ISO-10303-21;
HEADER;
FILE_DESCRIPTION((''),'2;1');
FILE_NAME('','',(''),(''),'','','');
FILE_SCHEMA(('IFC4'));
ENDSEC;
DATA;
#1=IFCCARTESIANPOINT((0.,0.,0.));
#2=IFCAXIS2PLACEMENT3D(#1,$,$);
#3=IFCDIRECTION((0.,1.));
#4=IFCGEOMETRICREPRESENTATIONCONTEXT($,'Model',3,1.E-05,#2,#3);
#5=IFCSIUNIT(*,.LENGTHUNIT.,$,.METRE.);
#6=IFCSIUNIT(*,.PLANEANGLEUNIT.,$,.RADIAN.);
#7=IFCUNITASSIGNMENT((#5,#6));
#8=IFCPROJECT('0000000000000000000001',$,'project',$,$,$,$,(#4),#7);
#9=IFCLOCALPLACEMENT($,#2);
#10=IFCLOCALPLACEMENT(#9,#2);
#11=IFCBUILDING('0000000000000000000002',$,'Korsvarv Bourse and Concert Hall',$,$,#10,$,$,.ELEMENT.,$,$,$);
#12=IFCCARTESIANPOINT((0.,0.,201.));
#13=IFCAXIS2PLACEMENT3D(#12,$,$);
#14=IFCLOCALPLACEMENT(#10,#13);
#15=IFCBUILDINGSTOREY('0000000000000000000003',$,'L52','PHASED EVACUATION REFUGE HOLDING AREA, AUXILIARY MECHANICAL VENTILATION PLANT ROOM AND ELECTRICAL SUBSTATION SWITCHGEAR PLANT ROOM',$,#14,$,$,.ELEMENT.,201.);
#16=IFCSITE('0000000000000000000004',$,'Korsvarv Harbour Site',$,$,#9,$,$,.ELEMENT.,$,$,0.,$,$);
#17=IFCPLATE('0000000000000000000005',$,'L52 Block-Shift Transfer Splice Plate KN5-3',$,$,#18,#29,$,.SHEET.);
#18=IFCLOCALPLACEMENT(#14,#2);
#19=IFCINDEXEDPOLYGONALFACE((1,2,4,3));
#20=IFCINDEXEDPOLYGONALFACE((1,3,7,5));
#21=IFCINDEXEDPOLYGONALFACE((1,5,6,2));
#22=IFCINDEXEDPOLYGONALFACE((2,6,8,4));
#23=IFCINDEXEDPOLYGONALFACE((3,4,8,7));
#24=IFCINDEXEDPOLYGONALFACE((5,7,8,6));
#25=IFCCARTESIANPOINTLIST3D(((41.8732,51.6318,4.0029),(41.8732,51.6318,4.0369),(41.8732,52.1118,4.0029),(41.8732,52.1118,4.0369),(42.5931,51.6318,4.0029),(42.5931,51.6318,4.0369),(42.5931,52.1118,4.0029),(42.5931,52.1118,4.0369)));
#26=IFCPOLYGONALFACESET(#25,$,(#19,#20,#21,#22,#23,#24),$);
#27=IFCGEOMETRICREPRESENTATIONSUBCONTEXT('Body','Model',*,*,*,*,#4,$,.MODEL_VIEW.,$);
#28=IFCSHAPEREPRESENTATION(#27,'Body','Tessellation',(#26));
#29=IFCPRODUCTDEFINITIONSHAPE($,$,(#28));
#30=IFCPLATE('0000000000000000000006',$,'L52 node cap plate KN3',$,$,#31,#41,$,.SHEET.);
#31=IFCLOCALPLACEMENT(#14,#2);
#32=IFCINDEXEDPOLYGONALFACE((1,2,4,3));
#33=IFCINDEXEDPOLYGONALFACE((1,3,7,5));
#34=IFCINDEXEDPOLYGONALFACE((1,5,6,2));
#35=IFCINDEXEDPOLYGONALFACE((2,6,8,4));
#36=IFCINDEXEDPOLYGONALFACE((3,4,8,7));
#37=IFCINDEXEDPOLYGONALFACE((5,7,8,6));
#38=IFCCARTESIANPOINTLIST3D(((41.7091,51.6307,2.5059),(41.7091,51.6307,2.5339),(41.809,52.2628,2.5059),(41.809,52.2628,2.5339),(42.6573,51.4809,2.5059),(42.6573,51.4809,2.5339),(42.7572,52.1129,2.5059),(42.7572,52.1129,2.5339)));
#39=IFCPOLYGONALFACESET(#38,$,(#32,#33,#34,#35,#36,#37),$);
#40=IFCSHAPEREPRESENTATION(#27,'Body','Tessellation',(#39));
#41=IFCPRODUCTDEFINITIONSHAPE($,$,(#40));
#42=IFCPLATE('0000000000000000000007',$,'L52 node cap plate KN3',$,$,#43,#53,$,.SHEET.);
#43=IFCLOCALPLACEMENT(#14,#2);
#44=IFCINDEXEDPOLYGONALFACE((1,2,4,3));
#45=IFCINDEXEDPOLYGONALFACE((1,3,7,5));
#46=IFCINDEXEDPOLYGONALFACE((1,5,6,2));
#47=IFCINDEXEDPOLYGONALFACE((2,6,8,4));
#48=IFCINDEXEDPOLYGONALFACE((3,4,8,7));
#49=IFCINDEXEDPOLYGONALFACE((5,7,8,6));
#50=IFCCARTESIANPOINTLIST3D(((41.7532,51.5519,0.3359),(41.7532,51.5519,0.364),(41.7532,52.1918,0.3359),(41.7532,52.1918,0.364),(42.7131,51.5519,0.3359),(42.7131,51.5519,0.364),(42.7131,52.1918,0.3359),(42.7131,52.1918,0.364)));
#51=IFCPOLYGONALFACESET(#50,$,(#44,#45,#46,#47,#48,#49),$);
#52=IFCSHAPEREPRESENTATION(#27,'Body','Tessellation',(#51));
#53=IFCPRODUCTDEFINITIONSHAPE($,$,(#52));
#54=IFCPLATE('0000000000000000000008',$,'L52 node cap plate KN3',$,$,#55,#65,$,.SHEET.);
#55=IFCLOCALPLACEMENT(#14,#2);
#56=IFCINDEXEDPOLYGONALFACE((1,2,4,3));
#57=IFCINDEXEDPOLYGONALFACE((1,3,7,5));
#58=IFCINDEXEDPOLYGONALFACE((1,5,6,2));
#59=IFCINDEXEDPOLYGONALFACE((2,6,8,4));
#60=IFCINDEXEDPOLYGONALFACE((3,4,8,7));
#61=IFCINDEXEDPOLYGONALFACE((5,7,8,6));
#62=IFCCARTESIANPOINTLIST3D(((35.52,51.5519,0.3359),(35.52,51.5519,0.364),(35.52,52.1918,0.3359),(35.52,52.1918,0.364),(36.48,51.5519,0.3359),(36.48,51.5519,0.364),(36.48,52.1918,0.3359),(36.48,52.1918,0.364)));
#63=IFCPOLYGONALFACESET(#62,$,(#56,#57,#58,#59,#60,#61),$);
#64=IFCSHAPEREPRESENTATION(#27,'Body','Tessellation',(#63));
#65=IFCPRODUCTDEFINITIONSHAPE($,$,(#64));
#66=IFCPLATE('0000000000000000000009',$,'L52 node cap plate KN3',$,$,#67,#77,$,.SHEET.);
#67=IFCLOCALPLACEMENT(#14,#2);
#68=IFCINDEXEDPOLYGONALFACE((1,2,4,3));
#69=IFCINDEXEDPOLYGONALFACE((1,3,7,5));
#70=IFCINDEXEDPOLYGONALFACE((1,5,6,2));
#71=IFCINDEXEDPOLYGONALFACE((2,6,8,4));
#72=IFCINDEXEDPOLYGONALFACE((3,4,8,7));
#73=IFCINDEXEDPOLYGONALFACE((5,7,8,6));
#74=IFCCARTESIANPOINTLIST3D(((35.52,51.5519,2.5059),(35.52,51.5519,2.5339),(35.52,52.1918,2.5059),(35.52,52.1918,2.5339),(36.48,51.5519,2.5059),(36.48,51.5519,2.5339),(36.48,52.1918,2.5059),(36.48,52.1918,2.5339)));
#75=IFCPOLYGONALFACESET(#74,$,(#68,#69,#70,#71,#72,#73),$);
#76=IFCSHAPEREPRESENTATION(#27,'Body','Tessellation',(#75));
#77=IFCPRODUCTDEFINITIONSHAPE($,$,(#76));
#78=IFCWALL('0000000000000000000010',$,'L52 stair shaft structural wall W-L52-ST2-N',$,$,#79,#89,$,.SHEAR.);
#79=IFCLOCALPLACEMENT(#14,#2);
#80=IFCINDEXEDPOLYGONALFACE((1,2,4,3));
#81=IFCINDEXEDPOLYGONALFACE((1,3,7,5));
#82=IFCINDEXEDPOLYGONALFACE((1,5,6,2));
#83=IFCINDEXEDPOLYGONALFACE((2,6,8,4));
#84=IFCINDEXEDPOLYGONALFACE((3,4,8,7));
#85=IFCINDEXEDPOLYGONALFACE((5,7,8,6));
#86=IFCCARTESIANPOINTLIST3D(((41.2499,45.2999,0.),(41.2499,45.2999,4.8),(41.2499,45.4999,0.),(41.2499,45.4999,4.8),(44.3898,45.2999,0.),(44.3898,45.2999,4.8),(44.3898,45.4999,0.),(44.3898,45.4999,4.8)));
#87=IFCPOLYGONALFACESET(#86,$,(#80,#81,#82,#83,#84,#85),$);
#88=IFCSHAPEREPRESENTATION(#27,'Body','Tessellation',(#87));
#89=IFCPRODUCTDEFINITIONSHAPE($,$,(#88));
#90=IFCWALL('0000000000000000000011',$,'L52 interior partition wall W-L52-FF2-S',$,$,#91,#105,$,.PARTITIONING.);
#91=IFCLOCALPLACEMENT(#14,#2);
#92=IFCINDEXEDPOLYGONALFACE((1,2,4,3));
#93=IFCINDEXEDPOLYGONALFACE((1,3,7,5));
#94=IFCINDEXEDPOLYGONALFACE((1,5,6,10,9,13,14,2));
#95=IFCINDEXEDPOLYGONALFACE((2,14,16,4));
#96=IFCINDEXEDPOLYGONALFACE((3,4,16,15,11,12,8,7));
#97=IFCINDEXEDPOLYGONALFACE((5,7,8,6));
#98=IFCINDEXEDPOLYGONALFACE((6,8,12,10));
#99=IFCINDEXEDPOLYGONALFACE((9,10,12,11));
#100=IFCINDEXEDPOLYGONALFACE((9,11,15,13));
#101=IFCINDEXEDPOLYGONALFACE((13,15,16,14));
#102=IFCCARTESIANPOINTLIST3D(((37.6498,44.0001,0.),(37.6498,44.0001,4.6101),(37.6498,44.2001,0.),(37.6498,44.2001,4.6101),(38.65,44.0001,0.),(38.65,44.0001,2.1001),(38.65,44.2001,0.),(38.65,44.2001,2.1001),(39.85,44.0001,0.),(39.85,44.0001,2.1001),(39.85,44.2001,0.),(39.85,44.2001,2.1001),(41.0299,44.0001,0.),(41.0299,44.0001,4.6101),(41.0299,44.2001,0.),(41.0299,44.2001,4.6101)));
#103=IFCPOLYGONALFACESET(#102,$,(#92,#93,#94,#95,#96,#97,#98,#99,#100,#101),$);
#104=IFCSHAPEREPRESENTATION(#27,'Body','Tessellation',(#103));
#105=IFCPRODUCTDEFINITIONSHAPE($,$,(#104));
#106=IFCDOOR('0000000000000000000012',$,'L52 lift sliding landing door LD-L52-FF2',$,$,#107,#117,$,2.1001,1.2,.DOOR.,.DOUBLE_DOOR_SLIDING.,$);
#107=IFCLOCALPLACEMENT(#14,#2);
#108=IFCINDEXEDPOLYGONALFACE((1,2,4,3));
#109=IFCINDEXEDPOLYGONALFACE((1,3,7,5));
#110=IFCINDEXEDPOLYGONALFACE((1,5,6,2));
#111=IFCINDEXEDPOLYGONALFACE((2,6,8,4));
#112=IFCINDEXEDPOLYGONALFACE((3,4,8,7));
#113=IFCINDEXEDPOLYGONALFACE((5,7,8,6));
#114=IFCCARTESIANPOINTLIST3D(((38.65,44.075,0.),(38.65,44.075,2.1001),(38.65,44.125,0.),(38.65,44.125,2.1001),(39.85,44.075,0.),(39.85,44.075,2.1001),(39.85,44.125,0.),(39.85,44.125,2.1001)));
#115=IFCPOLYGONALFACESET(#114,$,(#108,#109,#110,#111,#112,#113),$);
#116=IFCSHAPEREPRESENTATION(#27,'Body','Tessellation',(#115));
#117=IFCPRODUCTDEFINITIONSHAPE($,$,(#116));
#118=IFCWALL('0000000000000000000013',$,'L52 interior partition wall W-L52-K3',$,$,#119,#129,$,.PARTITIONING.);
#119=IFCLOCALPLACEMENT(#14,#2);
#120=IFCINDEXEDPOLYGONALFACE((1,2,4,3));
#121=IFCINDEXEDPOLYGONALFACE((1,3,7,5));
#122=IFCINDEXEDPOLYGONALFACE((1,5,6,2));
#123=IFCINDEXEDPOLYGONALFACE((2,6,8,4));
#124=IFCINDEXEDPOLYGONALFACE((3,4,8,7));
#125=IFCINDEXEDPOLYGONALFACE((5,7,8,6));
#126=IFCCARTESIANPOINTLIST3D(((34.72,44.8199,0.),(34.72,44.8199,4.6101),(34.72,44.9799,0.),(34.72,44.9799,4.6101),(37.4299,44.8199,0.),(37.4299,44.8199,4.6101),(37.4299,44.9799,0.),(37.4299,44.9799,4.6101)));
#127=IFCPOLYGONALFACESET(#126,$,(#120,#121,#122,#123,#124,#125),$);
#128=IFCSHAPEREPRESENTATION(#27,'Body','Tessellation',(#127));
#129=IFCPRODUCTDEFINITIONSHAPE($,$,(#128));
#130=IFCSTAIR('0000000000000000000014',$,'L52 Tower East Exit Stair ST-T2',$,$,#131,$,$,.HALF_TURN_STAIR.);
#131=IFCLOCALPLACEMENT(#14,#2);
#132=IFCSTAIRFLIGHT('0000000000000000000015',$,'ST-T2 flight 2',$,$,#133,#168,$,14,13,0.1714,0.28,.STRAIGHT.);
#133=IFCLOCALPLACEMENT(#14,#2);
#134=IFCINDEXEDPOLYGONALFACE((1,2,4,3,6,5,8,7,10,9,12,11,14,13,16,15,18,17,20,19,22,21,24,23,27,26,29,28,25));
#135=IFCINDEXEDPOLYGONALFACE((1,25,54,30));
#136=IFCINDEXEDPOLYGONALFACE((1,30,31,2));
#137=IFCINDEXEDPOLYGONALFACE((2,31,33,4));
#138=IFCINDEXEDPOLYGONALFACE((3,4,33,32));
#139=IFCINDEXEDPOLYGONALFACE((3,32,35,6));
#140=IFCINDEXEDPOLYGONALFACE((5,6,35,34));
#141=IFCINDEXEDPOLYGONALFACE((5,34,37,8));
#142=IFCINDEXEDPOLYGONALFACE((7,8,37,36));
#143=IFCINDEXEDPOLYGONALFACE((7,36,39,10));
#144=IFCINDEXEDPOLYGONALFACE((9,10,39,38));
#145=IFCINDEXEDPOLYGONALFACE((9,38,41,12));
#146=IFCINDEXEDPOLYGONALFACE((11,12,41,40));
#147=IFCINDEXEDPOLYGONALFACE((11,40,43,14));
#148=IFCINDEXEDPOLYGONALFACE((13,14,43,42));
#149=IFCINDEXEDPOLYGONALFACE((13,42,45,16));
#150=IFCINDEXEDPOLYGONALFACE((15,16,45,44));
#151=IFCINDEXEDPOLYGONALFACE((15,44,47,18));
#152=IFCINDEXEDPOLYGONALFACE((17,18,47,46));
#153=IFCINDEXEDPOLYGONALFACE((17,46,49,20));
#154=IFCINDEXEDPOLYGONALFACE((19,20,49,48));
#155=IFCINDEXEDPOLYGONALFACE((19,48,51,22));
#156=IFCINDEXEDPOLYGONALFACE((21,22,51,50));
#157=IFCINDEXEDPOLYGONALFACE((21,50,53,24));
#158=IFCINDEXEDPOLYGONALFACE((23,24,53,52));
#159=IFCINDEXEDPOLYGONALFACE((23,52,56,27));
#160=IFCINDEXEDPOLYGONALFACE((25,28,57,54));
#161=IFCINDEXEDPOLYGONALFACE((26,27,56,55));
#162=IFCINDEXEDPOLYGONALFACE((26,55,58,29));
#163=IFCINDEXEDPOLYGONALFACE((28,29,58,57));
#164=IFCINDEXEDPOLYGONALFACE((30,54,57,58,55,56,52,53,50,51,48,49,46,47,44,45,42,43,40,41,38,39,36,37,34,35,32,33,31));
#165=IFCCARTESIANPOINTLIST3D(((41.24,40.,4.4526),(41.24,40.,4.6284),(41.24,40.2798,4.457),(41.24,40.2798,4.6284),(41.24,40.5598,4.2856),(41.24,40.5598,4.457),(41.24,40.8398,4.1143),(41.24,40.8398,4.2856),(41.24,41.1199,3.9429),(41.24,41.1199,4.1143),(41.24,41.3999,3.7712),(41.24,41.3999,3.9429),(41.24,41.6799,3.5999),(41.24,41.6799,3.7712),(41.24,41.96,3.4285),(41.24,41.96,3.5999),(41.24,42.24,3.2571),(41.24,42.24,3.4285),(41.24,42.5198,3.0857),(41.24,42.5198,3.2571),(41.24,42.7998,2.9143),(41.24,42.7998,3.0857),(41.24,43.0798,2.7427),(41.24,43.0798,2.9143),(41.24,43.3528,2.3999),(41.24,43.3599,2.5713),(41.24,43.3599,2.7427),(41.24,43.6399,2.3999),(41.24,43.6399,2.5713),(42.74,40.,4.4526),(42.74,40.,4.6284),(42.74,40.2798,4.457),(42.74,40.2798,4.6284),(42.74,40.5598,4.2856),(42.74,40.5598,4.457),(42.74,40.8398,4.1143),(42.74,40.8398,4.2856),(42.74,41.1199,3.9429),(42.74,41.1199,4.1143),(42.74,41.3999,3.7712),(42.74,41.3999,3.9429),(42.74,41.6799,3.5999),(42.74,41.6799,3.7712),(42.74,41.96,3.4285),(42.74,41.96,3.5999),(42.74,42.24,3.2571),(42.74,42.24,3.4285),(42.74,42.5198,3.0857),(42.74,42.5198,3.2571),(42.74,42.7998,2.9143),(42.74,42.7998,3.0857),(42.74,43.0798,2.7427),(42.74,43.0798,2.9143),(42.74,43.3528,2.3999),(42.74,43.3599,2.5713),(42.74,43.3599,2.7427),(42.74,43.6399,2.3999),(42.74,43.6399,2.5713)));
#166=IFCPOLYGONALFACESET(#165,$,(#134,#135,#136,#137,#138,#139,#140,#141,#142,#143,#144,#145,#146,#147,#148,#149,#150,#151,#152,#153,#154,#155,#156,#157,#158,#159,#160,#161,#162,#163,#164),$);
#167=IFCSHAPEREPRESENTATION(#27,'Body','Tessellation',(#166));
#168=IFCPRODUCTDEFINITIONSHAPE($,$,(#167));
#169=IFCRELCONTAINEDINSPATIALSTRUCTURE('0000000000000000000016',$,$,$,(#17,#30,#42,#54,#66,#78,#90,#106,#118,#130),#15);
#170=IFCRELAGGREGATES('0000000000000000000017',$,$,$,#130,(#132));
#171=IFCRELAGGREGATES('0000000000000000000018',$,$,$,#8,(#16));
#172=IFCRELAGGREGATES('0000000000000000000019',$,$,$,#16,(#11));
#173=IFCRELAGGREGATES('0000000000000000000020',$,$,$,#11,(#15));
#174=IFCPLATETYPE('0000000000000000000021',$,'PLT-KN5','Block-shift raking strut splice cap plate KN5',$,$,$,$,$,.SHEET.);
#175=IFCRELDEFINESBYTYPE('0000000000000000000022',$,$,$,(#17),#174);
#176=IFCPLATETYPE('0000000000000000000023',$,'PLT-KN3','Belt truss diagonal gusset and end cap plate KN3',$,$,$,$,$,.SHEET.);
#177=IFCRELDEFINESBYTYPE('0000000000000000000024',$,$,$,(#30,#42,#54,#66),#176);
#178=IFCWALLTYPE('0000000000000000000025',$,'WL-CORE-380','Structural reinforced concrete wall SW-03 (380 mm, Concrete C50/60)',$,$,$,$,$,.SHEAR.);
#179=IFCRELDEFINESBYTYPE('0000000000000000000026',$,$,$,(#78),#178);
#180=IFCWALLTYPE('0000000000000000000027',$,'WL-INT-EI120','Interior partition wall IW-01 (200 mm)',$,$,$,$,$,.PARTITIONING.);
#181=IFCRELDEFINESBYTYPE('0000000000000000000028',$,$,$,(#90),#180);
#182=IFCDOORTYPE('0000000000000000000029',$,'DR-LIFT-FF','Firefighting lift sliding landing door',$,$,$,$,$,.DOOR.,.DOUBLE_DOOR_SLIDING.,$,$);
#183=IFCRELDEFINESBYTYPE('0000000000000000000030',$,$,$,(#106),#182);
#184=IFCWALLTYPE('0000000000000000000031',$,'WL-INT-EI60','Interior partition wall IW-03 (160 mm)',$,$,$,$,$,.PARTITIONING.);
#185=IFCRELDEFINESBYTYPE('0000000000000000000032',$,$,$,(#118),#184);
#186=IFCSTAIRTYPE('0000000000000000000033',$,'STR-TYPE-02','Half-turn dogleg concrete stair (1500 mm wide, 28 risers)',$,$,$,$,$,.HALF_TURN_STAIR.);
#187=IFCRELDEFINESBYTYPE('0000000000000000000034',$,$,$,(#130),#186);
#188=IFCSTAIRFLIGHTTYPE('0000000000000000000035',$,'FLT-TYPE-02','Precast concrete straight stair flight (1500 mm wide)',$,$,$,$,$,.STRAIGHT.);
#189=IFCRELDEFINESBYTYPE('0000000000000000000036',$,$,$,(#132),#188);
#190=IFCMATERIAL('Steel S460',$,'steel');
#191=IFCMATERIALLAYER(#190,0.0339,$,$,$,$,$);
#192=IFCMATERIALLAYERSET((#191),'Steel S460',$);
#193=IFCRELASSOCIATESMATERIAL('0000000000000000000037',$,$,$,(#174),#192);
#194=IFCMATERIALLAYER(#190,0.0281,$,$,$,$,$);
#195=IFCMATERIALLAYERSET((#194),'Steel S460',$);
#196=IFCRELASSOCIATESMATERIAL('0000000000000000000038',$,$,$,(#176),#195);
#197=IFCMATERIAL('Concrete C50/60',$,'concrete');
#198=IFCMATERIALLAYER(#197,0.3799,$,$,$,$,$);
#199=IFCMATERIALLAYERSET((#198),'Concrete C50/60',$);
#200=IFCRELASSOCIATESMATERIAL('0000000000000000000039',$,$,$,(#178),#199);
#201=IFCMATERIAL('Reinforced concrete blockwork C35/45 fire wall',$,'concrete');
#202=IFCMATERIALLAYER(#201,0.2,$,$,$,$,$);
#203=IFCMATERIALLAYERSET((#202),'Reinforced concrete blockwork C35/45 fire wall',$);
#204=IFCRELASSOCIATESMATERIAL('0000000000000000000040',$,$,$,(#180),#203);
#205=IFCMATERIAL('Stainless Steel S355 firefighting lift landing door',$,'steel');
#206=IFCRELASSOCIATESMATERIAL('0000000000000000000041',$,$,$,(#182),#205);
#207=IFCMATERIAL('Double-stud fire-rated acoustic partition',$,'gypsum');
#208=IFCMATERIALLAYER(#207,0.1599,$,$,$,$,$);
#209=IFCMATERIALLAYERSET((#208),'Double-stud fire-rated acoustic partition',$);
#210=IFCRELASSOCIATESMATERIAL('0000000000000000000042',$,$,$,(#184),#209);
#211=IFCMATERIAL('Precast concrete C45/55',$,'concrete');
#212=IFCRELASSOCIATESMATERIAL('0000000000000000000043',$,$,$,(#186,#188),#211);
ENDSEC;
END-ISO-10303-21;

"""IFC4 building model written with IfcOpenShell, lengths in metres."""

from ifc_helpers import new_model, si_unit, direction, frame, frame_2d, origin, origin_2d, place, context, subcontext, project, spatial, polyline, rectangle, outline, extrude, source, transform, mapped, material, layer, layer_set, type_object, element, fill, aggregate, save


model = new_model("IFC4")

# Units and contexts
model_context = context("Model", 3, precision=1e-05, world=origin(), true_north=direction((0.0, 1.0)))
body_context = subcontext(model_context, "Body", "Model", "MODEL_VIEW")
ifc_project = project(units=[si_unit("LENGTHUNIT", "METRE"), si_unit("PLANEANGLEUNIT", "RADIAN")], contexts=[model_context])

# Site, building, storey
site_placement = place(None, origin())
site = spatial("IfcSite", under=ifc_project, at=site_placement, Name="Korsvarv Harbour Site", CompositionType="ELEMENT", RefElevation=0.0)
building_placement = place(site_placement, origin())
building = spatial("IfcBuilding", under=site, at=building_placement, Name="Korsvarv Bourse and Concert Hall", CompositionType="ELEMENT")
storey_placement = place(building_placement, frame((0.0, 0.0, 201.0)))
storey = spatial("IfcBuildingStorey", under=building, at=storey_placement, Name="L52", Description="PHASED EVACUATION REFUGE HOLDING AREA, AUXILIARY MECHANICAL VENTILATION PLANT ROOM AND ELECTRICAL SUBSTATION SWITCHGEAR PLANT ROOM", CompositionType="ELEMENT", Elevation=201.0)

# Plates
ifc_material_1 = material(Name="Steel S460", Category="steel")
ifc_layer_1 = layer(ifc_material_1, 0.0339)
ifc_layer_set_1 = layer_set([ifc_layer_1], Name="Steel S460")
plate_type_1 = type_object("IfcPlateType", Name="PLT-KN5", Description="Block-shift raking strut splice cap plate KN5", PredefinedType="SHEET", material=ifc_layer_set_1)
shared_shape_1 = source(origin(), body_context, "Body", "SweptSolid", [
    extrude(rectangle(XDim=0.72, YDim=0.48, at=origin_2d()), origin(), (0.0, 0.0, 1.0), 0.0339),
])
plate_placement = place(storey_placement, frame((42.2332, 51.8718, 4.0029), z_axis=(0.0, 0.0, 1.0), x_axis=(1.0, 0.0, 0.0)))
element("IfcPlate", 1, at=plate_placement, inside=storey, type_object=plate_type_1, Name="L52 Block-Shift Transfer Splice Plate KN5-3", PredefinedType="SHEET", context=body_context, shape_type="MappedRepresentation", body=[
    mapped(shared_shape_1, transform((0.0, 0.0, 0.0), scale=1.0)),
])
ifc_layer_2 = layer(ifc_material_1, 0.0281)
ifc_layer_set_2 = layer_set([ifc_layer_2], Name="Steel S460")
plate_type_2 = type_object("IfcPlateType", Name="PLT-KN3", Description="Belt truss diagonal gusset and end cap plate KN3", PredefinedType="SHEET", material=ifc_layer_set_2)
shared_shape_2 = source(origin(), body_context, "Body", "SweptSolid", [
    extrude(rectangle(XDim=0.96, YDim=0.6399, at=origin_2d()), origin(), (0.0, 0.0, 1.0), 0.0281),
])
for number, where, z_axis, x_axis, name in (
    (2, (42.2332, 51.8718, 2.5059), (0.0, 0.0, 1.0), (-0.987743, 0.15609, 0.0), "L52 node cap plate KN3"),
    (3, (42.2332, 51.8718, 0.3359), (0.0, 0.0, 1.0), (1.0, 0.0, 0.0), "L52 node cap plate KN3"),
    (4, (36.0, 51.8718, 0.3359), (0.0, 0.0, 1.0), (1.0, 0.0, 0.0), "L52 node cap plate KN3"),
    (5, (36.0, 51.8718, 2.5059), (0.0, 0.0, 1.0), (1.0, 0.0, 0.0), "L52 node cap plate KN3"),
):
    element("IfcPlate", number, at=place(storey_placement, frame(where, z_axis=z_axis, x_axis=x_axis)), inside=storey, type_object=plate_type_2, Name=name, PredefinedType="SHEET", context=body_context, shape_type="MappedRepresentation", body=[
        mapped(shared_shape_2, transform((0.0, 0.0, 0.0), scale=1.0)),
    ])

# Wall
ifc_material_2 = material(Name="Concrete C50/60", Category="concrete")
ifc_layer_3 = layer(ifc_material_2, 0.3799)
ifc_layer_set_3 = layer_set([ifc_layer_3], Name="Concrete C50/60")
wall_type_1 = type_object("IfcWallType", Name="WL-CORE-380", Description="Structural reinforced concrete wall SW-03 (380 mm, Concrete C50/60)", PredefinedType="SHEAR", material=ifc_layer_set_3)
wall_1_placement = place(storey_placement, frame((41.25, 45.3999, 0.0), z_axis=(0.0, 0.0, 1.0), x_axis=(1.0, 0.0, 0.0)))
element("IfcWall", 6, at=wall_1_placement, inside=storey, type_object=wall_type_1, Name="L52 stair shaft structural wall W-L52-ST2-N", PredefinedType="SHEAR", context=body_context, shape_type="SweptSolid", body=[
    extrude(rectangle(XDim=3.1399, YDim=0.2, at=frame_2d((1.5698, 0.0))), origin(), (0.0, 0.0, 1.0), 4.8),
])

# Wall, opening, door
ifc_material_3 = material(Name="Reinforced concrete blockwork C35/45 fire wall", Category="concrete")
ifc_layer_4 = layer(ifc_material_3, 0.2)
ifc_layer_set_4 = layer_set([ifc_layer_4], Name="Reinforced concrete blockwork C35/45 fire wall")
wall_type_2 = type_object("IfcWallType", Name="WL-INT-EI120", Description="Interior partition wall IW-01 (200 mm)", PredefinedType="PARTITIONING", material=ifc_layer_set_4)
wall_2_placement = place(storey_placement, frame((37.6499, 44.1001, 0.0), z_axis=(0.0, 0.0, 1.0), x_axis=(1.0, 0.0, 0.0)))
wall_2 = element("IfcWall", 7, at=wall_2_placement, inside=storey, type_object=wall_type_2, Name="L52 interior partition wall W-L52-FF2-S", PredefinedType="PARTITIONING", context=body_context, shape_type="SweptSolid", body=[
    extrude(rectangle(XDim=3.3801, YDim=0.2, at=frame_2d((1.6899, 0.0))), origin(), (0.0, 0.0, 1.0), 4.6101),
])
opening_placement = place(wall_2_placement, frame((1.0, 0.0, 0.0)))
opening = element("IfcOpeningElement", 8, at=opening_placement, cuts=wall_2, PredefinedType="OPENING", context=body_context, shape_type="SweptSolid", body=[
    extrude(rectangle(XDim=1.2, YDim=2.1001, at=frame_2d((0.6001, 1.05))), frame((0.0, 0.1099, 0.0), z_axis=(0.0, -1.0, 0.0), x_axis=(1.0, 0.0, 0.0)), (0.0, 0.0, 1.0), 0.22),
])
ifc_material_4 = material(Name="Stainless Steel S355 firefighting lift landing door", Category="steel")
door_type = type_object("IfcDoorType", Name="DR-LIFT-FF", Description="Firefighting lift sliding landing door", OperationType="DOUBLE_DOOR_SLIDING", PredefinedType="DOOR", material=ifc_material_4)
door_placement = place(opening_placement, origin())
door = element("IfcDoor", 9, at=door_placement, inside=storey, type_object=door_type, Name="L52 lift sliding landing door LD-L52-FF2", OperationType="DOUBLE_DOOR_SLIDING", OverallHeight=2.1001, OverallWidth=1.2, PredefinedType="DOOR", context=body_context, shape_type="SweptSolid", body=[
    extrude(rectangle(XDim=1.2, YDim=2.1001, at=frame_2d((0.6001, 1.05))), frame((0.0, 0.0249, 0.0), z_axis=(0.0, -1.0, 0.0), x_axis=(1.0, 0.0, 0.0)), (0.0, 0.0, 1.0), 0.05),
])
fill(opening, door)

# Wall
ifc_material_5 = material(Name="Double-stud fire-rated acoustic partition", Category="gypsum")
ifc_layer_5 = layer(ifc_material_5, 0.1599)
ifc_layer_set_5 = layer_set([ifc_layer_5], Name="Double-stud fire-rated acoustic partition")
wall_type_3 = type_object("IfcWallType", Name="WL-INT-EI60", Description="Interior partition wall IW-03 (160 mm)", PredefinedType="PARTITIONING", material=ifc_layer_set_5)
wall_3_placement = place(storey_placement, frame((34.72, 44.8999, 0.0), z_axis=(0.0, 0.0, 1.0), x_axis=(1.0, 0.0, 0.0)))
element("IfcWall", 10, at=wall_3_placement, inside=storey, type_object=wall_type_3, Name="L52 interior partition wall W-L52-K3", PredefinedType="PARTITIONING", context=body_context, shape_type="SweptSolid", body=[
    extrude(rectangle(XDim=2.71, YDim=0.1599, at=frame_2d((1.355, 0.0))), origin(), (0.0, 0.0, 1.0), 4.6101),
])

# Stair, stair flight
ifc_material_6 = material(Name="Precast concrete C45/55", Category="concrete")
stair_type = type_object("IfcStairType", Name="STR-TYPE-02", Description="Half-turn dogleg concrete stair (1500 mm wide, 28 risers)", PredefinedType="HALF_TURN_STAIR", material=ifc_material_6)
stair_placement = place(storey_placement, origin())
stair = element("IfcStair", 11, at=stair_placement, inside=storey, type_object=stair_type, Name="L52 Tower East Exit Stair ST-T2", PredefinedType="HALF_TURN_STAIR")
stair_flight_type = type_object("IfcStairFlightType", Name="FLT-TYPE-02", Description="Precast concrete straight stair flight (1500 mm wide)", PredefinedType="STRAIGHT", material=ifc_material_6)
stair_flight_placement = place(storey_placement, frame((41.99, 43.6399, 2.3999), z_axis=(0.0, 0.0, 1.0), x_axis=(0.0, -1.0, 0.0)))
stair_flight = element("IfcStairFlight", 12, at=stair_flight_placement, type_object=stair_flight_type, Name="ST-T2 flight 2", NumberOfRisers=14, NumberOfTreads=13, PredefinedType="STRAIGHT", RiserHeight=0.1714, TreadLength=0.28, context=body_context, shape_type="SweptSolid", body=[
    extrude(outline(polyline([(0.0, 0.0), (0.0, 0.1714), (0.28, 0.1714), (0.28, 0.3428), (0.5601, 0.3428), (0.5601, 0.5144), (0.8401, 0.5144), (0.8401, 0.6858), (1.1201, 0.6858), (1.1201, 0.8572), (1.3999, 0.8572), (1.3999, 1.0286), (1.6799, 1.0286), (1.6799, 1.2), (1.96, 1.2), (1.96, 1.3713), (2.24, 1.3713), (2.24, 1.543), (2.52, 1.543), (2.52, 1.7144), (2.8, 1.7144), (2.8, 1.8857), (3.0801, 1.8857), (3.0801, 2.0571), (3.3601, 2.0571), (3.3601, 2.2285), (3.6399, 2.2285), (3.6399, 2.3999), (3.6399, 2.0527), (0.2871, 0.0), (0.0, 0.0)])), frame((0.0, 0.75, 0.0), z_axis=(0.0, -1.0, 0.0), x_axis=(1.0, 0.0, 0.0)), (0.0, 0.0, 1.0), 1.5),
])
aggregate(stair, [stair_flight])

save(model, "model.ifc")
